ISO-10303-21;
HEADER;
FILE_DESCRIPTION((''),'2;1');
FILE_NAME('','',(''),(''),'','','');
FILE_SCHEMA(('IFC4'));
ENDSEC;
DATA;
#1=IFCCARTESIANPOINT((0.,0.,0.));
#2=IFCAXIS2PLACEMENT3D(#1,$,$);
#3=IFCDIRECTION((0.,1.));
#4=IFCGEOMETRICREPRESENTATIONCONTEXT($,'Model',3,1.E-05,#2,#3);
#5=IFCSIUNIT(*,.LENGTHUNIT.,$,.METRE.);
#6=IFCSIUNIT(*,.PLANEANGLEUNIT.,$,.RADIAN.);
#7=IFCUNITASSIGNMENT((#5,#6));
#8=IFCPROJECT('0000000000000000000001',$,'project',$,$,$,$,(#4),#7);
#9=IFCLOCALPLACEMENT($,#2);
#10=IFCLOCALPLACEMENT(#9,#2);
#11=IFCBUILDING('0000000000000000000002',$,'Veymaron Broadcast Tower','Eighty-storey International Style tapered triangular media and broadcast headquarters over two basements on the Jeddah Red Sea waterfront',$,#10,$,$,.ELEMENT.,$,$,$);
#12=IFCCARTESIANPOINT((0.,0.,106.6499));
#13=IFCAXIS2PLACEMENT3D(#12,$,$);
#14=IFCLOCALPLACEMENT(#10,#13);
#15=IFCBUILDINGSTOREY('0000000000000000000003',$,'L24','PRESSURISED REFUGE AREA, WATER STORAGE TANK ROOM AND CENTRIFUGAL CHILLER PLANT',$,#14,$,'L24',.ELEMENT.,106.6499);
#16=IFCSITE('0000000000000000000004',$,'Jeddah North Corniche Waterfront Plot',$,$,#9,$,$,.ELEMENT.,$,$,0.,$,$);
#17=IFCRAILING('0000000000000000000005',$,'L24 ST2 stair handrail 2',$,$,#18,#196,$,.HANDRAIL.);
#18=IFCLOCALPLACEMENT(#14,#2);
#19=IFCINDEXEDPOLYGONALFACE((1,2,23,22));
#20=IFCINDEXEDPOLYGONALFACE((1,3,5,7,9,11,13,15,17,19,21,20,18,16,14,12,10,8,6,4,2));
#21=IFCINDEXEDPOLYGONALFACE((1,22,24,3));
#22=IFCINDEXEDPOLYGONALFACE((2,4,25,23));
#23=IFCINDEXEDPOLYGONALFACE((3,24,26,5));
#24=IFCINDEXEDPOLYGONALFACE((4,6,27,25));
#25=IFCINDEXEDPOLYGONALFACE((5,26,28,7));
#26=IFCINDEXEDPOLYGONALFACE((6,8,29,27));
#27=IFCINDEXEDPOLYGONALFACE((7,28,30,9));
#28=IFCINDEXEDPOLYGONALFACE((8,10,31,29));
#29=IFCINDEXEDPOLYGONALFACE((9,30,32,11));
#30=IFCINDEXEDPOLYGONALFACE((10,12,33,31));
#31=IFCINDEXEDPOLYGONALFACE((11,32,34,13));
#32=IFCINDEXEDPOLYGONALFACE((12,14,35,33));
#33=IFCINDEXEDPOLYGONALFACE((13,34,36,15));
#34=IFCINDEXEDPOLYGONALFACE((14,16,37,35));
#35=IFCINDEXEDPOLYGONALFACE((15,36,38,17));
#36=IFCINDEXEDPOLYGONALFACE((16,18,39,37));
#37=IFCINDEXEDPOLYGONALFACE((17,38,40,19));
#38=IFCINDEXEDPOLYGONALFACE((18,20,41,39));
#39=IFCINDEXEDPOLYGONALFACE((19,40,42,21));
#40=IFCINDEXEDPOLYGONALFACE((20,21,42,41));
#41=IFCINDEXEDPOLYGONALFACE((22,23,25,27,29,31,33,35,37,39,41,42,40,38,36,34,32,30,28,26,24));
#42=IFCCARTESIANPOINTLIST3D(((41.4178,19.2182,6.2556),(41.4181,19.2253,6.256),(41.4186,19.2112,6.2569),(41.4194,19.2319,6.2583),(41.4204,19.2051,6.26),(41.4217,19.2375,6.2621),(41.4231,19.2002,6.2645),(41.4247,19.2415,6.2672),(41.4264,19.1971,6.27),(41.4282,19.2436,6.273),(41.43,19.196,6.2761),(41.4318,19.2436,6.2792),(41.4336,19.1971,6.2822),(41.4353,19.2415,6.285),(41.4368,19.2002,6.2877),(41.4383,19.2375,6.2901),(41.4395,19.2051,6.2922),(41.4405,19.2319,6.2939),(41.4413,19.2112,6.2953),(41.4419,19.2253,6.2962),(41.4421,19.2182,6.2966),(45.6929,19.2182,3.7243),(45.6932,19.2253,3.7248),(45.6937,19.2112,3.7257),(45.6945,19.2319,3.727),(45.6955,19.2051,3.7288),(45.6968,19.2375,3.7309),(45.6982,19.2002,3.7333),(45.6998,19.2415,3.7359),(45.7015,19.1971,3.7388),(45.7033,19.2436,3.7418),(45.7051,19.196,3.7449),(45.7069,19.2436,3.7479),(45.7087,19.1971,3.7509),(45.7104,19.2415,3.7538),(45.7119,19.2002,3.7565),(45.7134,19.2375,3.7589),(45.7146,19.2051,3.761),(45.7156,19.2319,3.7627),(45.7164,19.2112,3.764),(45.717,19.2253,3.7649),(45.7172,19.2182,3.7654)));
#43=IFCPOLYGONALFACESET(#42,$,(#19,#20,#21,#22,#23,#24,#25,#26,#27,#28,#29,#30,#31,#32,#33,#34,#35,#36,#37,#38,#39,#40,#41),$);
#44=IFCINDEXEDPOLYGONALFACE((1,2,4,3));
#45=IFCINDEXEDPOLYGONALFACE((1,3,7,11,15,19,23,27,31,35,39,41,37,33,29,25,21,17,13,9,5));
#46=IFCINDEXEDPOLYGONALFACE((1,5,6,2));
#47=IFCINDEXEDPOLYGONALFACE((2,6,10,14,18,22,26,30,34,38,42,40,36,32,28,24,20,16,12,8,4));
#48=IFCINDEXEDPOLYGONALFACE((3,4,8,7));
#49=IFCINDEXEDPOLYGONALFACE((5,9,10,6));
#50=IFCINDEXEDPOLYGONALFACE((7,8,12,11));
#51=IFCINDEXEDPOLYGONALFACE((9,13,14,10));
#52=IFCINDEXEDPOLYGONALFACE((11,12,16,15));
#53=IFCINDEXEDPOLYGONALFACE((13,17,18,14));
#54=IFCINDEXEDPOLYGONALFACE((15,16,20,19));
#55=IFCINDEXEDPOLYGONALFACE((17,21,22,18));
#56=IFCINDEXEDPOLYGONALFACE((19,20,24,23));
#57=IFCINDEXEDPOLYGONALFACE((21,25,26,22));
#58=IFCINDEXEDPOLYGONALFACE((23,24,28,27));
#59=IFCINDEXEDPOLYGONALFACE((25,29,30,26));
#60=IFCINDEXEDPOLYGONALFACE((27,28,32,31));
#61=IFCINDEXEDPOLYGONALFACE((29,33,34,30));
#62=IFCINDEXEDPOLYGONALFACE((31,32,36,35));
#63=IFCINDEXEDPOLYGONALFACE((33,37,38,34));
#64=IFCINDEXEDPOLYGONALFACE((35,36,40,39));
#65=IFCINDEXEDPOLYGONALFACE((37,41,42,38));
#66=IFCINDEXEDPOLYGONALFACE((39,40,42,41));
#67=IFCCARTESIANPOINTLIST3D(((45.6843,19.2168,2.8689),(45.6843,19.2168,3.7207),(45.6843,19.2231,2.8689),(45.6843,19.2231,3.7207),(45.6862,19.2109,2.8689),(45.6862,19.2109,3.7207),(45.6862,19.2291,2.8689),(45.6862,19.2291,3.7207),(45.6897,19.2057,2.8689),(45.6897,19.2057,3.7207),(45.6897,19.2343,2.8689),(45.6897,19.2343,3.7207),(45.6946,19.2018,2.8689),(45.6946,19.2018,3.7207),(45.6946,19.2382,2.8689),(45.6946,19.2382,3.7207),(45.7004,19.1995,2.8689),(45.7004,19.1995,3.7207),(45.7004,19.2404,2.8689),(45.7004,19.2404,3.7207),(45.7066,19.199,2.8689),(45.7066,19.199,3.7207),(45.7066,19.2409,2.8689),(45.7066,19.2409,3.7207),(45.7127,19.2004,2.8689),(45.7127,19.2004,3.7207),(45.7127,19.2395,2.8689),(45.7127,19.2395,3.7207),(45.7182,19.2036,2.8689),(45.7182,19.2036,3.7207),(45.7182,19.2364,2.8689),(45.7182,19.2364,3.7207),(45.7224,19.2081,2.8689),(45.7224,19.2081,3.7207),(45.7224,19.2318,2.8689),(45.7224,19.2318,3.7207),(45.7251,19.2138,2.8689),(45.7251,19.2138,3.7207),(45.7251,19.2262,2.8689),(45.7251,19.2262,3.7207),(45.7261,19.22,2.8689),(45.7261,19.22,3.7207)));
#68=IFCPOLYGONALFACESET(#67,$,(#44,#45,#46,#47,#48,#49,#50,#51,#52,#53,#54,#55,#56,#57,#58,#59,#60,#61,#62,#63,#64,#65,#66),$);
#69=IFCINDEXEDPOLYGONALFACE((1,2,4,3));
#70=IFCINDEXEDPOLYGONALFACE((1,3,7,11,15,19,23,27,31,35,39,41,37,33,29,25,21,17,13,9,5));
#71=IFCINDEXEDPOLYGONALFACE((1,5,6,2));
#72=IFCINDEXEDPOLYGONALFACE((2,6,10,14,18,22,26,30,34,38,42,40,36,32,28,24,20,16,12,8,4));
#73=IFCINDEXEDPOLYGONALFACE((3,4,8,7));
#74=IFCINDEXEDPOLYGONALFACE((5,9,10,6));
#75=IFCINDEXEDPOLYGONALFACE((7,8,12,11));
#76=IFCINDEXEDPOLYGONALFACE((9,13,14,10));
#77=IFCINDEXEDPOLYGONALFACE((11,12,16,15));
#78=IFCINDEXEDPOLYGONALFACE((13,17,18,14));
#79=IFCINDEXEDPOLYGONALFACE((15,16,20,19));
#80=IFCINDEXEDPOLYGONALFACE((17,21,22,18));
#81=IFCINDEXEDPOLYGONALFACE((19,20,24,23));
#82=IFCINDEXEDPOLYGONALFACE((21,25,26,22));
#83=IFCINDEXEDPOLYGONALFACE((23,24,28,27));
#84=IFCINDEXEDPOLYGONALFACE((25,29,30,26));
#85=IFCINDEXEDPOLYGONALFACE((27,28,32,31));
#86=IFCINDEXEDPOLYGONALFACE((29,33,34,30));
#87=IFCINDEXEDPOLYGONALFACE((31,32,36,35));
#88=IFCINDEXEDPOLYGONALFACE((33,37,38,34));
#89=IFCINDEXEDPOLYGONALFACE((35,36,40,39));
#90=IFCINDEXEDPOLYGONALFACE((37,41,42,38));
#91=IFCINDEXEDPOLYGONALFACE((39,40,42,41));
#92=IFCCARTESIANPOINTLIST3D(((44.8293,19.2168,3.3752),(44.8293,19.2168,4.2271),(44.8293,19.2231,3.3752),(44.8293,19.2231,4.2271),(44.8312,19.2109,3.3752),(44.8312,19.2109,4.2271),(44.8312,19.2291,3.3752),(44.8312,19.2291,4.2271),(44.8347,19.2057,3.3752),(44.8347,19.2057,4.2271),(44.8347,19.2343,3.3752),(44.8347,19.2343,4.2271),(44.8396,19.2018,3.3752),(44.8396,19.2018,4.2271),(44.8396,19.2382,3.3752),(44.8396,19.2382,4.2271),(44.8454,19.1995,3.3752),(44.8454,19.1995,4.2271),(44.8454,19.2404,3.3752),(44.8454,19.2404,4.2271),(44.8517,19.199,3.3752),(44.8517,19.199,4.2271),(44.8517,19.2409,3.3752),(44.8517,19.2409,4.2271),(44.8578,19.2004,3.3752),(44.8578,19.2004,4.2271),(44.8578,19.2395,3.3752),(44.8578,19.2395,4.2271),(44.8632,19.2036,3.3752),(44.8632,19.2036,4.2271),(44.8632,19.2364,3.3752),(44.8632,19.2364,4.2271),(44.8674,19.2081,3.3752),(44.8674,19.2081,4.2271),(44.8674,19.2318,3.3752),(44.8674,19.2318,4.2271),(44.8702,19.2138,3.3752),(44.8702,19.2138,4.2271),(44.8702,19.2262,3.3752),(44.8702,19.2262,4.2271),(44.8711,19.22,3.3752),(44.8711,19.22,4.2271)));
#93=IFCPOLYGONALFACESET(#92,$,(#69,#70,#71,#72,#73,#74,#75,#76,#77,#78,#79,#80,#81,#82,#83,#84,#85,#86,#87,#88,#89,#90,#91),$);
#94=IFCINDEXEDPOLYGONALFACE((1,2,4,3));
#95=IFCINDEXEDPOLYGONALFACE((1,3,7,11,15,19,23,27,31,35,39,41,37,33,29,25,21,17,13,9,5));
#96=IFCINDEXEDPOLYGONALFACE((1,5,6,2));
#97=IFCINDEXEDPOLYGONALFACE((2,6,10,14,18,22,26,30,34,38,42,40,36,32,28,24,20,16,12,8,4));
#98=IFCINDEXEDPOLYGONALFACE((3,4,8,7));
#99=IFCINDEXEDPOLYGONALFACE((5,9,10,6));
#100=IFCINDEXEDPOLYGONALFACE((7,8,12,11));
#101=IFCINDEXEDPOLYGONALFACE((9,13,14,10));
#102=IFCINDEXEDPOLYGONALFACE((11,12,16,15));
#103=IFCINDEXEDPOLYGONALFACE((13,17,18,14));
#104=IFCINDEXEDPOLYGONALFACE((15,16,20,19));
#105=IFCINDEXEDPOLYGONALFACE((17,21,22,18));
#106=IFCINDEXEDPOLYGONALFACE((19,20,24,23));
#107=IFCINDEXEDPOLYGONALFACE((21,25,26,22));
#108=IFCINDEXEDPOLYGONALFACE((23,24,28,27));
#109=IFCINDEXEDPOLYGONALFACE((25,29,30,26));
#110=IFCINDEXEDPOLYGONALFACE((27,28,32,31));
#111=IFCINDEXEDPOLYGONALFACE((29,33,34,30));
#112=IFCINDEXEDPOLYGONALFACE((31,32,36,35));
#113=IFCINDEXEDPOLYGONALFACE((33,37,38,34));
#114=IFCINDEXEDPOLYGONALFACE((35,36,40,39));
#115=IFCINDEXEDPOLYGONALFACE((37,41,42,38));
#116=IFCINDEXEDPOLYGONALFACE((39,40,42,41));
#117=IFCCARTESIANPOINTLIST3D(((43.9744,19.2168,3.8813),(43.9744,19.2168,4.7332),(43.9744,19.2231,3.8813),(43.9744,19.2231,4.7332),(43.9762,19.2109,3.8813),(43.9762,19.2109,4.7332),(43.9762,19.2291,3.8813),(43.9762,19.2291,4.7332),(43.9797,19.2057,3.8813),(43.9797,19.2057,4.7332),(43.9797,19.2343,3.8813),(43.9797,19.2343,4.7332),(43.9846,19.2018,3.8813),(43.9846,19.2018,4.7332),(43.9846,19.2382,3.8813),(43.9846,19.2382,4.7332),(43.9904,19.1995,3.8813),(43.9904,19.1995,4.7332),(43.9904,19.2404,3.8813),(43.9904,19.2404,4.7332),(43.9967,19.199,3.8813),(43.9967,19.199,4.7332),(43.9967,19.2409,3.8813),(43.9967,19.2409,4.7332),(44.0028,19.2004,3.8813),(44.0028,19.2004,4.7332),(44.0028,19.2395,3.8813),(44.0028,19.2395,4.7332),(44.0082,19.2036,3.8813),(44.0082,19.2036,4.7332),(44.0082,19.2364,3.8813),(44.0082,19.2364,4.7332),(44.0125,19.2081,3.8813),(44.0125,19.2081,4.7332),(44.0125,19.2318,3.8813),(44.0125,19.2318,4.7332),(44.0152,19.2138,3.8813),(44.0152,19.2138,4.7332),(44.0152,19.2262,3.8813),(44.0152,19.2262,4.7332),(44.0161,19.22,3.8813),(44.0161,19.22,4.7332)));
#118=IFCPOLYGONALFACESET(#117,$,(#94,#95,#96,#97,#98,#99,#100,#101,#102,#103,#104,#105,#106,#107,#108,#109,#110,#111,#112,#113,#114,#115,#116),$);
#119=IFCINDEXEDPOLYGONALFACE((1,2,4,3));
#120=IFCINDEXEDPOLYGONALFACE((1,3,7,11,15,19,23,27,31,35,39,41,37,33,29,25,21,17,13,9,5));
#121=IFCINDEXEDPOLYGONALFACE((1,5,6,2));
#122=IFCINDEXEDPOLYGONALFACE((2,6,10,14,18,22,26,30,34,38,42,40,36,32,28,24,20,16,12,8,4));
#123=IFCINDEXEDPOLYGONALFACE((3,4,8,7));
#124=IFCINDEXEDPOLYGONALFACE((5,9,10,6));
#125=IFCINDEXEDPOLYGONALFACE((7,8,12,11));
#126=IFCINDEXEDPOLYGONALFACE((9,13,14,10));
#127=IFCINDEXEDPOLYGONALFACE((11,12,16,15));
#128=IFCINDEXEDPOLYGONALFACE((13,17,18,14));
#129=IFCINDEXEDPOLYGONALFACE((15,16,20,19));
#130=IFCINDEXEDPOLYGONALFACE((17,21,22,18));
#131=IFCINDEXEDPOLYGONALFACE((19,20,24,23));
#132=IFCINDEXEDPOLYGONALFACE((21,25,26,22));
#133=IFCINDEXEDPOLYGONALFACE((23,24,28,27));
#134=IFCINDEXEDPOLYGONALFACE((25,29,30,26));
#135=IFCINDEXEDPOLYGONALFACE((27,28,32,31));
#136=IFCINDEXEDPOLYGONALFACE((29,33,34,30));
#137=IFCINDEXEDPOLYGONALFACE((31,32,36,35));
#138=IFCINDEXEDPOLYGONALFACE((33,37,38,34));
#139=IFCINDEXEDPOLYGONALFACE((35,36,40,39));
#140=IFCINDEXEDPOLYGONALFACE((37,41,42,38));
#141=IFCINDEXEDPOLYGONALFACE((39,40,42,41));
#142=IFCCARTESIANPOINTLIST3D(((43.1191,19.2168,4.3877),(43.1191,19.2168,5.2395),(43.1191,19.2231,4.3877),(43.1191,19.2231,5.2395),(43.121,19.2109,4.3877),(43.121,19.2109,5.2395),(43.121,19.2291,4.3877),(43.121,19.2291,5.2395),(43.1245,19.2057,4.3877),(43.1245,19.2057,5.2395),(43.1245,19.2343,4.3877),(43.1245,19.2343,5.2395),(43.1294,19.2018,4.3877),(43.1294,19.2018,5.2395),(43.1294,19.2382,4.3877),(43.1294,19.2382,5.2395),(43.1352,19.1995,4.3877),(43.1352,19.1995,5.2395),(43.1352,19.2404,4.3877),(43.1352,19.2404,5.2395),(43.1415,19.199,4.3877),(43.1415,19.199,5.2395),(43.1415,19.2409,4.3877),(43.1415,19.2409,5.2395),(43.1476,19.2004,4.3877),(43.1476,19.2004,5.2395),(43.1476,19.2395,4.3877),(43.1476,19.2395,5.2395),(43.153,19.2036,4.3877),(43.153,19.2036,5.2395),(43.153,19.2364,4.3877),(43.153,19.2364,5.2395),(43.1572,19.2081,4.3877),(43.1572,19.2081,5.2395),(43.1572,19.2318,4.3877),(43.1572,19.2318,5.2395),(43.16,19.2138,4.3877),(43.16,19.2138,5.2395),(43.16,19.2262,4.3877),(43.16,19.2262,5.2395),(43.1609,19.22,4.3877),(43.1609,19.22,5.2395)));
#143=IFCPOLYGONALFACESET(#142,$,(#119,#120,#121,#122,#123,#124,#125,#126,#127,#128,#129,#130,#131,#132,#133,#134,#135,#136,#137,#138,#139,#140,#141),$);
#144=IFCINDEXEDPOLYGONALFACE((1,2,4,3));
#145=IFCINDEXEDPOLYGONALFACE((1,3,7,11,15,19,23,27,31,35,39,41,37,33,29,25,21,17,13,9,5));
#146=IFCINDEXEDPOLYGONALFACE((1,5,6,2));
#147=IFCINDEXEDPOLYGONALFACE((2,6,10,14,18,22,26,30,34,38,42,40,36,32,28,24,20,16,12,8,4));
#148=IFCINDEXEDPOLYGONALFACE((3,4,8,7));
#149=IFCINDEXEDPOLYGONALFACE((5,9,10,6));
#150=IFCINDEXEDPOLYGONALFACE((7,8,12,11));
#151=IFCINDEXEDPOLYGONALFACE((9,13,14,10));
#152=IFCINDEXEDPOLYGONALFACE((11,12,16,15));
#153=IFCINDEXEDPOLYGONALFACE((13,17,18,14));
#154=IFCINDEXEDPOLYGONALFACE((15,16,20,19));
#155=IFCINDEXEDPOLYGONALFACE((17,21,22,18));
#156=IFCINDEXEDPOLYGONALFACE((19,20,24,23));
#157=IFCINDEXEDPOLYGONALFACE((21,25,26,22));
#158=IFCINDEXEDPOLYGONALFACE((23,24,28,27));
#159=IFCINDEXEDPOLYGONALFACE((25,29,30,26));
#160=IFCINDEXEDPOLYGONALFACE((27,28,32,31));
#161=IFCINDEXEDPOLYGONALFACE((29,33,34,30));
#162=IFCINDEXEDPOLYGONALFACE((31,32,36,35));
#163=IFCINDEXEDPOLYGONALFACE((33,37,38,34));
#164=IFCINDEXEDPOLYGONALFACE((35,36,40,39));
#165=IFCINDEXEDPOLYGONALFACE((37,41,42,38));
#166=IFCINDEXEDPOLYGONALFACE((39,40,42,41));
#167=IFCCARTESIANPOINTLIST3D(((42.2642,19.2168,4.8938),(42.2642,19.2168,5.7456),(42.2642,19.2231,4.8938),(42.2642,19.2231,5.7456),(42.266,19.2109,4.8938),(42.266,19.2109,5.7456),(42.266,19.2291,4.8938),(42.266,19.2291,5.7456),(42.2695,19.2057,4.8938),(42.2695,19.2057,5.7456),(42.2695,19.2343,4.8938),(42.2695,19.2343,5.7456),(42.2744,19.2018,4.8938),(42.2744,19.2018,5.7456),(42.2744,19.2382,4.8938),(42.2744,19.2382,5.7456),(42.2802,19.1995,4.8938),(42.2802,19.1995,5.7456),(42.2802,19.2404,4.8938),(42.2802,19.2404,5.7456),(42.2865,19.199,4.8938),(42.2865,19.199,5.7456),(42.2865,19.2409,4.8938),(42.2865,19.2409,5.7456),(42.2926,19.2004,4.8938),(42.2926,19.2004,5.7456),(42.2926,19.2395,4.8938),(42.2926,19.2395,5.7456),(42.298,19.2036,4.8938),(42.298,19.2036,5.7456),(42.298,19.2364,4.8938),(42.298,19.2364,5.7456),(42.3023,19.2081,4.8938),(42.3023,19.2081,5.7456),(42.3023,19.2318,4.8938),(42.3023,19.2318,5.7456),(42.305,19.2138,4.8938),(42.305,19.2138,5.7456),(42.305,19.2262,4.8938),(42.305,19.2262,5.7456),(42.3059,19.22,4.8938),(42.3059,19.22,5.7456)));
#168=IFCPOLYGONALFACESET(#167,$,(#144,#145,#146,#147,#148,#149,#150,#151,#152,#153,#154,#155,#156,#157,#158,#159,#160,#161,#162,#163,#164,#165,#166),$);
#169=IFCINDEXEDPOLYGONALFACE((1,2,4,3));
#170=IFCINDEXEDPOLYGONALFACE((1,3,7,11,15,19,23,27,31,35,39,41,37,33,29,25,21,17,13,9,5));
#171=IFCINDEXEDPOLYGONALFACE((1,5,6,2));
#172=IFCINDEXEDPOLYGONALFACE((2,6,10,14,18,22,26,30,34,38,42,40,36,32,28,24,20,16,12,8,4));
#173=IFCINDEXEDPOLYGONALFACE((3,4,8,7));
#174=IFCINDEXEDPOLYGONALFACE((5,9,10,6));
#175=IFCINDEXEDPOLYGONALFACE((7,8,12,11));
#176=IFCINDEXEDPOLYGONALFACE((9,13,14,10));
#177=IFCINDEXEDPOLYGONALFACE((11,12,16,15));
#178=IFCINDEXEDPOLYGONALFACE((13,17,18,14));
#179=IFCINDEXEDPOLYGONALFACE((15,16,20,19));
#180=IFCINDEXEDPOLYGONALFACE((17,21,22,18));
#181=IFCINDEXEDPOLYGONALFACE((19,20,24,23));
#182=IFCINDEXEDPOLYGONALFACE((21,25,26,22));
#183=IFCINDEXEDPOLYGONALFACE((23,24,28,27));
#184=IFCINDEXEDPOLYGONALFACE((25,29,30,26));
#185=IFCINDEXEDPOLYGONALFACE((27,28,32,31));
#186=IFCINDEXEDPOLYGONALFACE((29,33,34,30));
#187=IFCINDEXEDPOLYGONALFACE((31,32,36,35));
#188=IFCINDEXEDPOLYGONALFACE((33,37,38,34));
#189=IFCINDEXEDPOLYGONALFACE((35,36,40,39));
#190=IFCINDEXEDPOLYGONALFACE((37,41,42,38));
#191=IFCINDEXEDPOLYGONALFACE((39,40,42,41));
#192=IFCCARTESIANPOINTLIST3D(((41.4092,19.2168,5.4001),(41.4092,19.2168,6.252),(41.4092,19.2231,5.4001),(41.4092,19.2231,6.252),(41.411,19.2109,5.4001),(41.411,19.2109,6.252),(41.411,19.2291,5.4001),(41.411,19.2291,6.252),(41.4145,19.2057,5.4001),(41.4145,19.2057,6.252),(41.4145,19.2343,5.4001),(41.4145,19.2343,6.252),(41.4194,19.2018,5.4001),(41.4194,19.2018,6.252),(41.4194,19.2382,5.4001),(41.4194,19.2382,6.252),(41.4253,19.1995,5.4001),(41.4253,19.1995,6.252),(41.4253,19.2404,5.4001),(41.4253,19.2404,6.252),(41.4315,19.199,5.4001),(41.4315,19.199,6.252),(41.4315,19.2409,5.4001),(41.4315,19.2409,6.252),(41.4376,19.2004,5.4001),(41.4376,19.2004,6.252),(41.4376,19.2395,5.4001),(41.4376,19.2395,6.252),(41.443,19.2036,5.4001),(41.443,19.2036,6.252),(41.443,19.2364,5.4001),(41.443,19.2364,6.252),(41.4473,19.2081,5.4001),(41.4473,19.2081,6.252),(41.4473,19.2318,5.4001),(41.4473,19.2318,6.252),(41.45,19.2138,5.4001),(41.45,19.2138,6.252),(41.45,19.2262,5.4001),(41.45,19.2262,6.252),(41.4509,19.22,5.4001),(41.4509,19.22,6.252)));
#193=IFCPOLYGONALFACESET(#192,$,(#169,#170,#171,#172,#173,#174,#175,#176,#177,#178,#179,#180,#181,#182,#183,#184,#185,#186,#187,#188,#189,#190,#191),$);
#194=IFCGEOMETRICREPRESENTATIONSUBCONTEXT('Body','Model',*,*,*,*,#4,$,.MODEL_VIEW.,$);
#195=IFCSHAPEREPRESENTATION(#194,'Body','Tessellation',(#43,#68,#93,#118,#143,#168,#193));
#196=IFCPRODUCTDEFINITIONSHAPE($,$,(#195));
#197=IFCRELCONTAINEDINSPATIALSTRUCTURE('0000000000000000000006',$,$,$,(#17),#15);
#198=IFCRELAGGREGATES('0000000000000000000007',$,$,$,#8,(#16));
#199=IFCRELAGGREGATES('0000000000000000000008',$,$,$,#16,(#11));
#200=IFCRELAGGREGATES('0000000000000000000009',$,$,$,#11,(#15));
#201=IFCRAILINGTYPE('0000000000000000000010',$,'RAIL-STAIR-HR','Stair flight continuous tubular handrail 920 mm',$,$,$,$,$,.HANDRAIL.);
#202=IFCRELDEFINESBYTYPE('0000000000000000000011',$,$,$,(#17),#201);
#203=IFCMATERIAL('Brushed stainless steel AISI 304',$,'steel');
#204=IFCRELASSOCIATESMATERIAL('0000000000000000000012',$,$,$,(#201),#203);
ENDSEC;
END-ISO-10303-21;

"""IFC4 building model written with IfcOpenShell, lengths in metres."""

from ifc_helpers import new_model, si_unit, direction, frame, origin, origin_2d, place, context, subcontext, project, spatial, circle, extrude, material, type_object, element, save


model = new_model("IFC4")

# Units and contexts
model_context = context("Model", 3, precision=1e-05, world=origin(), true_north=direction((0.0, 1.0)))
body_context = subcontext(model_context, "Body", "Model", "MODEL_VIEW")
ifc_project = project(units=[si_unit("LENGTHUNIT", "METRE"), si_unit("PLANEANGLEUNIT", "RADIAN")], contexts=[model_context])

# Site, building, storey
site_placement = place(None, origin())
site = spatial("IfcSite", under=ifc_project, at=site_placement, Name="Jeddah North Corniche Waterfront Plot", CompositionType="ELEMENT", RefElevation=0.0)
building_placement = place(site_placement, origin())
building = spatial("IfcBuilding", under=site, at=building_placement, Name="Veymaron Broadcast Tower", Description="Eighty-storey International Style tapered triangular media and broadcast headquarters over two basements on the Jeddah Red Sea waterfront", CompositionType="ELEMENT")
storey_placement = place(building_placement, frame((0.0, 0.0, 106.6499)))
storey = spatial("IfcBuildingStorey", under=building, at=storey_placement, Name="L24", Description="PRESSURISED REFUGE AREA, WATER STORAGE TANK ROOM AND CENTRIFUGAL CHILLER PLANT", LongName="L24", CompositionType="ELEMENT", Elevation=106.6499)

# Shared definitions
ifc_material_1 = material(Name="Brushed stainless steel AISI 304", Category="steel")

# Railing
railing_type_1 = type_object("IfcRailingType", Name="RAIL-STAIR-HR", Description="Stair flight continuous tubular handrail 920 mm", PredefinedType="HANDRAIL", material=ifc_material_1)
railing_1_placement = place(storey_placement, frame((45.7051, 19.22, 2.8689)))
element("IfcRailing", 1, at=railing_1_placement, inside=storey, type_object=railing_type_1, Name="L24 ST2 stair handrail 2", PredefinedType="HANDRAIL", context=body_context, shape_type="SweptSolid", body=[
    extrude(circle(Radius=0.0239, at=origin_2d()), frame((0.0, 0.0, 0.876), z_axis=(-0.860483, 0.0, 0.509479), x_axis=(0.0, -1.0, 0.0)), (0.0, 0.0, 1.0), 4.9683),
    extrude(circle(Radius=0.021, at=origin_2d()), origin(), (0.0, 0.0, 1.0), 0.8518),
    extrude(circle(Radius=0.021, at=origin_2d()), frame((-0.855, 0.0, 0.5063)), (0.0, 0.0, 1.0), 0.8518),
    extrude(circle(Radius=0.021, at=origin_2d()), frame((-1.71, 0.0, 1.0125)), (0.0, 0.0, 1.0), 0.8518),
    extrude(circle(Radius=0.021, at=origin_2d()), frame((-2.5652, 0.0, 1.5188)), (0.0, 0.0, 1.0), 0.8518),
    extrude(circle(Radius=0.021, at=origin_2d()), frame((-3.4202, 0.0, 2.0249)), (0.0, 0.0, 1.0), 0.8518),
    extrude(circle(Radius=0.021, at=origin_2d()), frame((-4.2751, 0.0, 2.5312)), (0.0, 0.0, 1.0), 0.8518),
])

save(model, "model.ifc")
